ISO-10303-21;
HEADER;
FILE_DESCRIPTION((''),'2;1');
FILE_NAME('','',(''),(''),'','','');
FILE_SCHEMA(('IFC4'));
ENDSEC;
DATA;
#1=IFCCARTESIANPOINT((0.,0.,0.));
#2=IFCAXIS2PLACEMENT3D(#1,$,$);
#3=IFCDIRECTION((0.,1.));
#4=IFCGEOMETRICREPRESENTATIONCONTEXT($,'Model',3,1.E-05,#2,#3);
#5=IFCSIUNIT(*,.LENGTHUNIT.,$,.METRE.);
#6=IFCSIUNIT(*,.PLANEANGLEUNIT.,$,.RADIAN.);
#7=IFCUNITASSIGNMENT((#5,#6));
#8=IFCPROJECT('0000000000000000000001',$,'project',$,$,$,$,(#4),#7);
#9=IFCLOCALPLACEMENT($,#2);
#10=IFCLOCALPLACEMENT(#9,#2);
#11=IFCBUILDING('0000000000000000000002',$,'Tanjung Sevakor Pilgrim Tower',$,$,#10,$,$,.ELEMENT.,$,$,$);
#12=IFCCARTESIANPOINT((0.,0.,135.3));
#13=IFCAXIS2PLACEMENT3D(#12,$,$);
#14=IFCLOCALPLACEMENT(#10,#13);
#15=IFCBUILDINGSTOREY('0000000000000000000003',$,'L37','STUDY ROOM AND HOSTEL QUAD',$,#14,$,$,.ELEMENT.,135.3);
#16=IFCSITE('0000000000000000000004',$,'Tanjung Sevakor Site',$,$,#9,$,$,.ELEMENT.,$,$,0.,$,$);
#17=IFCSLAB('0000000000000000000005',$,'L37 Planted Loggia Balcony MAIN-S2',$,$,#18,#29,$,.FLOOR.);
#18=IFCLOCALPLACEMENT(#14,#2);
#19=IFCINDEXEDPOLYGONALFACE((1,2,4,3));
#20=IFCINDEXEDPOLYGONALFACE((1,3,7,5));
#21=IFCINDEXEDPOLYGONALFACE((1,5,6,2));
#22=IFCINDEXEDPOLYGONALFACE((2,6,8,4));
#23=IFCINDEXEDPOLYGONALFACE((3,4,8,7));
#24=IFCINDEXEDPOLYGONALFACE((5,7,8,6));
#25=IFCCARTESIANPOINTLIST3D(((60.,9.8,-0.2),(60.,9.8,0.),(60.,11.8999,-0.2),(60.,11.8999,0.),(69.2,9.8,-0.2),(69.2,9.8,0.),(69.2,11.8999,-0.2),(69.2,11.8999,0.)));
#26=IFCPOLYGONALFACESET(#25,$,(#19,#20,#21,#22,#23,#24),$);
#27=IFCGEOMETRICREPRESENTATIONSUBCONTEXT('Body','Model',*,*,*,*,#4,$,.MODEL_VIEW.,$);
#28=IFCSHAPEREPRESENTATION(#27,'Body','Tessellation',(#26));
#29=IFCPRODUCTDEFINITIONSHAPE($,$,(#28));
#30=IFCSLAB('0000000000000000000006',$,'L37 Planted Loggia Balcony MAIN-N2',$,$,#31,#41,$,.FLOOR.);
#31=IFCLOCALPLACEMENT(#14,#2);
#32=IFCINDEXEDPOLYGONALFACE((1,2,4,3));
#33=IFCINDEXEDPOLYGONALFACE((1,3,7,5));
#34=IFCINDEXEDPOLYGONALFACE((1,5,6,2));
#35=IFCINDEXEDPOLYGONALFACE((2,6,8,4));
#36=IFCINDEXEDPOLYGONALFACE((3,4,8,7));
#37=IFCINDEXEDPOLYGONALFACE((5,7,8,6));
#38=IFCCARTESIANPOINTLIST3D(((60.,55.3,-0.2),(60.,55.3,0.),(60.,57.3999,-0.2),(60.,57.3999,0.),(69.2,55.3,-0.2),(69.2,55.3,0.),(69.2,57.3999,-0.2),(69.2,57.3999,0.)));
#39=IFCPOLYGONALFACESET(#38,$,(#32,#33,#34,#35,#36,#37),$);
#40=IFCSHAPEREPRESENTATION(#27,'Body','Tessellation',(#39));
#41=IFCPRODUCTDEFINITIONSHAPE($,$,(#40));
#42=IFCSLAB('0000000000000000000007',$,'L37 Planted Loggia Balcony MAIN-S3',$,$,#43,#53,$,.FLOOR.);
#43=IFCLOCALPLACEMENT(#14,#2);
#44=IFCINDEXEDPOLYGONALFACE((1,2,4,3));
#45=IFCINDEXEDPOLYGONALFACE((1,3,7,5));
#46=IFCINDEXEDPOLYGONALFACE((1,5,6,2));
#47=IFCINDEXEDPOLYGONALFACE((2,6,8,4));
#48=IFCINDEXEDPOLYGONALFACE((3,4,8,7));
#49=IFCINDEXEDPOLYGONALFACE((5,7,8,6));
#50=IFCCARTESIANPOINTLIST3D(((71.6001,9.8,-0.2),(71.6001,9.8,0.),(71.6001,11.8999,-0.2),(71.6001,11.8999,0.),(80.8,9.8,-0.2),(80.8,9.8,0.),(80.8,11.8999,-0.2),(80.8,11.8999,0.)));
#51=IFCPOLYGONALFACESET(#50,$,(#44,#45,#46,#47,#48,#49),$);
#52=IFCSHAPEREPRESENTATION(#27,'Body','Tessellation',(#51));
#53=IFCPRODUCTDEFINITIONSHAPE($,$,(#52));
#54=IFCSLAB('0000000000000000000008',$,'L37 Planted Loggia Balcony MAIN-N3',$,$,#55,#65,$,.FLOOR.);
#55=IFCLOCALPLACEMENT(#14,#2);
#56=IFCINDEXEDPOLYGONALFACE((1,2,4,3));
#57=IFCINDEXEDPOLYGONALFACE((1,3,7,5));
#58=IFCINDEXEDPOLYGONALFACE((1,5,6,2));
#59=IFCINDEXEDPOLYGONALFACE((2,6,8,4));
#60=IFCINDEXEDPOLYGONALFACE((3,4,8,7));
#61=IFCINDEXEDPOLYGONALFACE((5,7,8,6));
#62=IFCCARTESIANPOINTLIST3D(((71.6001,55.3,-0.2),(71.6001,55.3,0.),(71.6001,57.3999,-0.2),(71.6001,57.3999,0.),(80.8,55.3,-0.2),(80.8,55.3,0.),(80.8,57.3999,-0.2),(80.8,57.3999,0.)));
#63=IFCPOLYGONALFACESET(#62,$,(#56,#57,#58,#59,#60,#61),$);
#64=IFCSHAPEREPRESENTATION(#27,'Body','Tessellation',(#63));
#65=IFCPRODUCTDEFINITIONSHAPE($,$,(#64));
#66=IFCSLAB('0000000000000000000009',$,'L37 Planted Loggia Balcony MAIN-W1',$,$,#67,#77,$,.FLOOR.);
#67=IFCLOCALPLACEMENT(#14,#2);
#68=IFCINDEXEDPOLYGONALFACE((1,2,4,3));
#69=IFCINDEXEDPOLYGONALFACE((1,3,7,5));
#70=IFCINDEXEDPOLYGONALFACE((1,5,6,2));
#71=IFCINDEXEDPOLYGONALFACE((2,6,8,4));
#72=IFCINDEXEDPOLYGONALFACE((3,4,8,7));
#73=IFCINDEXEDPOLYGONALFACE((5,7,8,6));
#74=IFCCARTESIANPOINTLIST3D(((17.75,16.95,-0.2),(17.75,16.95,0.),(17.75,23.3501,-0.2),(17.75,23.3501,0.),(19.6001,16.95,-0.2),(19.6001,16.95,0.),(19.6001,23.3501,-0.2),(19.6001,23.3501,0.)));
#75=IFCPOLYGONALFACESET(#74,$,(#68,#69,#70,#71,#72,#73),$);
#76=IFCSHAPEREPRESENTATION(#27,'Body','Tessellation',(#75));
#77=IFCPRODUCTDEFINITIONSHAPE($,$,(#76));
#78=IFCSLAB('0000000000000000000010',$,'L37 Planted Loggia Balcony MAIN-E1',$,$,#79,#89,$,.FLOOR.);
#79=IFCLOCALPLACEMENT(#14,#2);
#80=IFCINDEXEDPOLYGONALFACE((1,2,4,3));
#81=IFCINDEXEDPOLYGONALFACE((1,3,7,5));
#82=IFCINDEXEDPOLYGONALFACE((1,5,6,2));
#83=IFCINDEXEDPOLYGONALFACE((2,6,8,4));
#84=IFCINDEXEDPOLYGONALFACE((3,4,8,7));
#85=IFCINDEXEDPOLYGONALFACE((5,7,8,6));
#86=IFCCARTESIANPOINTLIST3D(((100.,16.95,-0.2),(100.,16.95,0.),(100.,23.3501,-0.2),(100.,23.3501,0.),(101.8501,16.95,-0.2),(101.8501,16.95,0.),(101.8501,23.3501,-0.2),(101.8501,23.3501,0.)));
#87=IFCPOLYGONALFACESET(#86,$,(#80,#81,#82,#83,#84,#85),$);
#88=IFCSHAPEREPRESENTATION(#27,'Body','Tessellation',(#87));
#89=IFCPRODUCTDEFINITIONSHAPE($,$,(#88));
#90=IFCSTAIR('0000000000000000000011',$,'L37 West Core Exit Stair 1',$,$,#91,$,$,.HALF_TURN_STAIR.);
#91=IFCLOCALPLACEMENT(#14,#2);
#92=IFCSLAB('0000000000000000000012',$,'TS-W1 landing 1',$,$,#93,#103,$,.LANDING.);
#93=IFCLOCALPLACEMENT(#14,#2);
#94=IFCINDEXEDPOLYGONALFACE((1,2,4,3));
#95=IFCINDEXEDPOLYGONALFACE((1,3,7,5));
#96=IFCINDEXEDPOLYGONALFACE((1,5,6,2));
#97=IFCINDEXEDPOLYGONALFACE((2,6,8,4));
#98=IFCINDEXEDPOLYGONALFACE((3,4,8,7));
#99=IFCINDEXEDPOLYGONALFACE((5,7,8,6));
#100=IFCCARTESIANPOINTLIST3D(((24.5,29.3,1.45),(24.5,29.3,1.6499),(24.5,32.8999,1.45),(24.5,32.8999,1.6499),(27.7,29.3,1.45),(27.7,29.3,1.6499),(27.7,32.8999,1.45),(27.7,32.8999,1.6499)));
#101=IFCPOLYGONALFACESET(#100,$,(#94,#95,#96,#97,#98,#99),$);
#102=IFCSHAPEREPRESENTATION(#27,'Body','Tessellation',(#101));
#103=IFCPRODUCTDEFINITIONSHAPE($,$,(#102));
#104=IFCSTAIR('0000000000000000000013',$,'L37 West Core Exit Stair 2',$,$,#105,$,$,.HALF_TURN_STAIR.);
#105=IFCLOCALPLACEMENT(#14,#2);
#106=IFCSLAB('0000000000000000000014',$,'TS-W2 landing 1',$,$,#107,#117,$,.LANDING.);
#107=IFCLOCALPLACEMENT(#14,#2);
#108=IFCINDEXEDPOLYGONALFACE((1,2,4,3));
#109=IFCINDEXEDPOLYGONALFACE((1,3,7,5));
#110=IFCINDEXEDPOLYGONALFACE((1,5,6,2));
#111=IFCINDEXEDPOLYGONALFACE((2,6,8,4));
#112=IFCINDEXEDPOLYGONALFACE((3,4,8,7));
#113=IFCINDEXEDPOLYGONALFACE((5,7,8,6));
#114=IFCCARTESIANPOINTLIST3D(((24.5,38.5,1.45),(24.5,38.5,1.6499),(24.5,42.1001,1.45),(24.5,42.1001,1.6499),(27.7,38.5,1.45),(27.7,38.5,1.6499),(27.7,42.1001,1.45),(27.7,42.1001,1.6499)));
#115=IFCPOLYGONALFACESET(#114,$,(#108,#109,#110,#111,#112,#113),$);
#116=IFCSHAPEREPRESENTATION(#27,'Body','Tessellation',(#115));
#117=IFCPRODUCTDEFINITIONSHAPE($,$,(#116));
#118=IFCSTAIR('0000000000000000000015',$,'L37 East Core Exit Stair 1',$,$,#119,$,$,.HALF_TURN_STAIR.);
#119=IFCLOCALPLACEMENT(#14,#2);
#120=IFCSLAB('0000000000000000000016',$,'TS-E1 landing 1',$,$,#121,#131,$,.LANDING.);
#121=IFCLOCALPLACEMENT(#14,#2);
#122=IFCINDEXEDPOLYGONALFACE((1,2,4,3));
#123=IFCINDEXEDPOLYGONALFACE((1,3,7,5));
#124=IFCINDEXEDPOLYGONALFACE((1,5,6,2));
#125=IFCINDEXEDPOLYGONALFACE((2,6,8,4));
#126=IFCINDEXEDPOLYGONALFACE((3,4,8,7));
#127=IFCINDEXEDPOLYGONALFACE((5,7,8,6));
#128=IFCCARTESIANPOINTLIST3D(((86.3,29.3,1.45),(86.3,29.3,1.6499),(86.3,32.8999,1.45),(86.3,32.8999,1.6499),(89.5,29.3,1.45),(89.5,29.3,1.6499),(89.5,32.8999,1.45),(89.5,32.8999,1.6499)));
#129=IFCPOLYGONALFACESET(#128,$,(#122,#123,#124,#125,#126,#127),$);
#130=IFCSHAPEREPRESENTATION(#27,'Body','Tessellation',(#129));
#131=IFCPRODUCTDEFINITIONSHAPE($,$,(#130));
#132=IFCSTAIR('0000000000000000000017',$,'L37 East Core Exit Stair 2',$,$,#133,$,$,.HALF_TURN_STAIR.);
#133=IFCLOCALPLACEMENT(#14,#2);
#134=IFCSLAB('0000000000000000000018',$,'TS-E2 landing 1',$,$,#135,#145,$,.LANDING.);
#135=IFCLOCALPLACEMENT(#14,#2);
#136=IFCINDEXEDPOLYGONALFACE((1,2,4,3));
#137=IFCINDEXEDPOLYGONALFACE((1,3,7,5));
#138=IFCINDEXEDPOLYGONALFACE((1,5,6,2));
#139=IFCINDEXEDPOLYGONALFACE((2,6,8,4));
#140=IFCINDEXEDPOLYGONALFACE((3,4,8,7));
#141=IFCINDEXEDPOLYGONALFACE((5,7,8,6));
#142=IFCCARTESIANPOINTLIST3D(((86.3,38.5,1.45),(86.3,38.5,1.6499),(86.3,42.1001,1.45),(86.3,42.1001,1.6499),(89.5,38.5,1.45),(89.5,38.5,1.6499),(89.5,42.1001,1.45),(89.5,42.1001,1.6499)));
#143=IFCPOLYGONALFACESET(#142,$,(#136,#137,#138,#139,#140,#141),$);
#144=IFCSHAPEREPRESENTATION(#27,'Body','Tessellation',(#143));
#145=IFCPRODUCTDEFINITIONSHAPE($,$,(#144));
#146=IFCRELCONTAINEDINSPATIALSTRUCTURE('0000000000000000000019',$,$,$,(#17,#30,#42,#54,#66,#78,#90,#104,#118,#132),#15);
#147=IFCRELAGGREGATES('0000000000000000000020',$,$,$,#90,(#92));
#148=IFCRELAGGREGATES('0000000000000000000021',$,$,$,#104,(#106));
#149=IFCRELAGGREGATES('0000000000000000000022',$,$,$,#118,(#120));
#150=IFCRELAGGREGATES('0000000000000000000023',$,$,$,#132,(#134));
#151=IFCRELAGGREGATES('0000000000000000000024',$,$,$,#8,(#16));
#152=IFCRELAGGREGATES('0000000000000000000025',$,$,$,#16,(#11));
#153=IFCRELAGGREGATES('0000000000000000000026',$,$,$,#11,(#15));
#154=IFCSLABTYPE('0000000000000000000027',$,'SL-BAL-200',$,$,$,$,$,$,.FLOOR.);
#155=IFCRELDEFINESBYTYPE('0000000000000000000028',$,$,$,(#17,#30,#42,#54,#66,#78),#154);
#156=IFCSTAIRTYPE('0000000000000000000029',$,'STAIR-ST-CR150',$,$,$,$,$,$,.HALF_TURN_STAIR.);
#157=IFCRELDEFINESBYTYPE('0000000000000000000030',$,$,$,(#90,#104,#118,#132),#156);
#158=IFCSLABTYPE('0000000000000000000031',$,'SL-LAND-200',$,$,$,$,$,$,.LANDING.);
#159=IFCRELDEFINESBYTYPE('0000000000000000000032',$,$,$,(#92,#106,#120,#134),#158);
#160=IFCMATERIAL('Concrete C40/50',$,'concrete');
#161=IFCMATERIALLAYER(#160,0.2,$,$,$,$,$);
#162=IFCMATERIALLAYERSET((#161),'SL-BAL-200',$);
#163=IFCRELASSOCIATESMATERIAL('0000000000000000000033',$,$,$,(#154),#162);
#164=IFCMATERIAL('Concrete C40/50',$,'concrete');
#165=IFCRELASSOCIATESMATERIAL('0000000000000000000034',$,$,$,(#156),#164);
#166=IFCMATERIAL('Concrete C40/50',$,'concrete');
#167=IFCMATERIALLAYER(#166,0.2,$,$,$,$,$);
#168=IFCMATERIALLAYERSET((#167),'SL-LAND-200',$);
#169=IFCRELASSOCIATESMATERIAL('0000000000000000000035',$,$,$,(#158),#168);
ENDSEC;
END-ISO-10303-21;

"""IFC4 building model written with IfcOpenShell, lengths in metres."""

from ifc_helpers import new_model, si_unit, direction, frame, origin, place, context, subcontext, project, spatial, polyline, outline, extrude, material, layer, layer_set, type_object, element, aggregate, save


model = new_model("IFC4")

# Units and contexts
model_context = context("Model", 3, precision=1e-05, world=origin(), true_north=direction((0.0, 1.0)))
body_context = subcontext(model_context, "Body", "Model", "MODEL_VIEW")
ifc_project = project(units=[si_unit("LENGTHUNIT", "METRE"), si_unit("PLANEANGLEUNIT", "RADIAN")], contexts=[model_context])

# Site, building, storey
site_placement = place(None, origin())
site = spatial("IfcSite", under=ifc_project, at=site_placement, Name="Tanjung Sevakor Site", CompositionType="ELEMENT", RefElevation=0.0)
building_placement = place(site_placement, origin())
building = spatial("IfcBuilding", under=site, at=building_placement, Name="Tanjung Sevakor Pilgrim Tower", CompositionType="ELEMENT")
storey_placement = place(building_placement, frame((0.0, 0.0, 135.3)))
storey = spatial("IfcBuildingStorey", under=building, at=storey_placement, Name="L37", Description="STUDY ROOM AND HOSTEL QUAD", CompositionType="ELEMENT", Elevation=135.3)

# Slabs
ifc_material_1 = material(Name="Concrete C40/50", Category="concrete")
ifc_layer_1 = layer(ifc_material_1, 0.2)
ifc_layer_set_1 = layer_set([ifc_layer_1], Name="SL-BAL-200")
slab_type_1 = type_object("IfcSlabType", Name="SL-BAL-200", PredefinedType="FLOOR", material=ifc_layer_set_1)
slab_1_placement = place(storey_placement, frame((0.0, 0.0, -0.2)))
element("IfcSlab", 1, at=slab_1_placement, inside=storey, type_object=slab_type_1, Name="L37 Planted Loggia Balcony MAIN-S2", PredefinedType="FLOOR", context=body_context, shape_type="SweptSolid", body=[
    extrude(outline(polyline([(60.0, 9.8), (69.2, 9.8), (69.2, 11.8999), (60.0, 11.8999), (60.0, 9.8)])), origin(), (0.0, 0.0, 1.0), 0.2),
])
slab_2_placement = place(storey_placement, frame((0.0, 0.0, -0.2)))
element("IfcSlab", 2, at=slab_2_placement, inside=storey, type_object=slab_type_1, Name="L37 Planted Loggia Balcony MAIN-N2", PredefinedType="FLOOR", context=body_context, shape_type="SweptSolid", body=[
    extrude(outline(polyline([(60.0, 55.3), (69.2, 55.3), (69.2, 57.3999), (60.0, 57.3999), (60.0, 55.3)])), origin(), (0.0, 0.0, 1.0), 0.2),
])
slab_3_placement = place(storey_placement, frame((0.0, 0.0, -0.2)))
element("IfcSlab", 3, at=slab_3_placement, inside=storey, type_object=slab_type_1, Name="L37 Planted Loggia Balcony MAIN-S3", PredefinedType="FLOOR", context=body_context, shape_type="SweptSolid", body=[
    extrude(outline(polyline([(71.6001, 9.8), (80.8, 9.8), (80.8, 11.8999), (71.6001, 11.8999), (71.6001, 9.8)])), origin(), (0.0, 0.0, 1.0), 0.2),
])
slab_4_placement = place(storey_placement, frame((0.0, 0.0, -0.2)))
element("IfcSlab", 4, at=slab_4_placement, inside=storey, type_object=slab_type_1, Name="L37 Planted Loggia Balcony MAIN-N3", PredefinedType="FLOOR", context=body_context, shape_type="SweptSolid", body=[
    extrude(outline(polyline([(71.6001, 55.3), (80.8, 55.3), (80.8, 57.3999), (71.6001, 57.3999), (71.6001, 55.3)])), origin(), (0.0, 0.0, 1.0), 0.2),
])
slab_5_placement = place(storey_placement, frame((0.0, 0.0, -0.2)))
element("IfcSlab", 5, at=slab_5_placement, inside=storey, type_object=slab_type_1, Name="L37 Planted Loggia Balcony MAIN-W1", PredefinedType="FLOOR", context=body_context, shape_type="SweptSolid", body=[
    extrude(outline(polyline([(17.75, 16.95), (19.6001, 16.95), (19.6001, 23.3501), (17.75, 23.3501), (17.75, 16.95)])), origin(), (0.0, 0.0, 1.0), 0.2),
])
slab_6_placement = place(storey_placement, frame((0.0, 0.0, -0.2)))
element("IfcSlab", 6, at=slab_6_placement, inside=storey, type_object=slab_type_1, Name="L37 Planted Loggia Balcony MAIN-E1", PredefinedType="FLOOR", context=body_context, shape_type="SweptSolid", body=[
    extrude(outline(polyline([(100.0, 16.95), (101.8501, 16.95), (101.8501, 23.3501), (100.0, 23.3501), (100.0, 16.95)])), origin(), (0.0, 0.0, 1.0), 0.2),
])

# Stairs, slabs
ifc_material_2 = material(Name="Concrete C40/50", Category="concrete")
stair_type = type_object("IfcStairType", Name="STAIR-ST-CR150", PredefinedType="HALF_TURN_STAIR", material=ifc_material_2)
stair_1_placement = place(storey_placement, origin())
stair_1 = element("IfcStair", 7, at=stair_1_placement, inside=storey, type_object=stair_type, Name="L37 West Core Exit Stair 1", PredefinedType="HALF_TURN_STAIR")
ifc_material_3 = material(Name="Concrete C40/50", Category="concrete")
ifc_layer_2 = layer(ifc_material_3, 0.2)
ifc_layer_set_2 = layer_set([ifc_layer_2], Name="SL-LAND-200")
slab_type_2 = type_object("IfcSlabType", Name="SL-LAND-200", PredefinedType="LANDING", material=ifc_layer_set_2)
slab_7_placement = place(storey_placement, frame((0.0, 0.0, 1.45)))
slab_7 = element("IfcSlab", 8, at=slab_7_placement, type_object=slab_type_2, Name="TS-W1 landing 1", PredefinedType="LANDING", context=body_context, shape_type="SweptSolid", body=[
    extrude(outline(polyline([(27.7, 29.3), (27.7, 32.8999), (24.5, 32.8999), (24.5, 29.3), (27.7, 29.3)])), origin(), (0.0, 0.0, 1.0), 0.2),
])
aggregate(stair_1, [slab_7])
stair_2_placement = place(storey_placement, origin())
stair_2 = element("IfcStair", 9, at=stair_2_placement, inside=storey, type_object=stair_type, Name="L37 West Core Exit Stair 2", PredefinedType="HALF_TURN_STAIR")
slab_8_placement = place(storey_placement, frame((0.0, 0.0, 1.45)))
slab_8 = element("IfcSlab", 10, at=slab_8_placement, type_object=slab_type_2, Name="TS-W2 landing 1", PredefinedType="LANDING", context=body_context, shape_type="SweptSolid", body=[
    extrude(outline(polyline([(27.7, 38.5), (27.7, 42.1001), (24.5, 42.1001), (24.5, 38.5), (27.7, 38.5)])), origin(), (0.0, 0.0, 1.0), 0.2),
])
aggregate(stair_2, [slab_8])
stair_3_placement = place(storey_placement, origin())
stair_3 = element("IfcStair", 11, at=stair_3_placement, inside=storey, type_object=stair_type, Name="L37 East Core Exit Stair 1", PredefinedType="HALF_TURN_STAIR")
slab_9_placement = place(storey_placement, frame((0.0, 0.0, 1.45)))
slab_9 = element("IfcSlab", 12, at=slab_9_placement, type_object=slab_type_2, Name="TS-E1 landing 1", PredefinedType="LANDING", context=body_context, shape_type="SweptSolid", body=[
    extrude(outline(polyline([(89.5, 29.3), (89.5, 32.8999), (86.3, 32.8999), (86.3, 29.3), (89.5, 29.3)])), origin(), (0.0, 0.0, 1.0), 0.2),
])
aggregate(stair_3, [slab_9])
stair_4_placement = place(storey_placement, origin())
stair_4 = element("IfcStair", 13, at=stair_4_placement, inside=storey, type_object=stair_type, Name="L37 East Core Exit Stair 2", PredefinedType="HALF_TURN_STAIR")
slab_10_placement = place(storey_placement, frame((0.0, 0.0, 1.45)))
slab_10 = element("IfcSlab", 14, at=slab_10_placement, type_object=slab_type_2, Name="TS-E2 landing 1", PredefinedType="LANDING", context=body_context, shape_type="SweptSolid", body=[
    extrude(outline(polyline([(89.5, 38.5), (89.5, 42.1001), (86.3, 42.1001), (86.3, 38.5), (89.5, 38.5)])), origin(), (0.0, 0.0, 1.0), 0.2),
])
aggregate(stair_4, [slab_10])

save(model, "model.ifc")
